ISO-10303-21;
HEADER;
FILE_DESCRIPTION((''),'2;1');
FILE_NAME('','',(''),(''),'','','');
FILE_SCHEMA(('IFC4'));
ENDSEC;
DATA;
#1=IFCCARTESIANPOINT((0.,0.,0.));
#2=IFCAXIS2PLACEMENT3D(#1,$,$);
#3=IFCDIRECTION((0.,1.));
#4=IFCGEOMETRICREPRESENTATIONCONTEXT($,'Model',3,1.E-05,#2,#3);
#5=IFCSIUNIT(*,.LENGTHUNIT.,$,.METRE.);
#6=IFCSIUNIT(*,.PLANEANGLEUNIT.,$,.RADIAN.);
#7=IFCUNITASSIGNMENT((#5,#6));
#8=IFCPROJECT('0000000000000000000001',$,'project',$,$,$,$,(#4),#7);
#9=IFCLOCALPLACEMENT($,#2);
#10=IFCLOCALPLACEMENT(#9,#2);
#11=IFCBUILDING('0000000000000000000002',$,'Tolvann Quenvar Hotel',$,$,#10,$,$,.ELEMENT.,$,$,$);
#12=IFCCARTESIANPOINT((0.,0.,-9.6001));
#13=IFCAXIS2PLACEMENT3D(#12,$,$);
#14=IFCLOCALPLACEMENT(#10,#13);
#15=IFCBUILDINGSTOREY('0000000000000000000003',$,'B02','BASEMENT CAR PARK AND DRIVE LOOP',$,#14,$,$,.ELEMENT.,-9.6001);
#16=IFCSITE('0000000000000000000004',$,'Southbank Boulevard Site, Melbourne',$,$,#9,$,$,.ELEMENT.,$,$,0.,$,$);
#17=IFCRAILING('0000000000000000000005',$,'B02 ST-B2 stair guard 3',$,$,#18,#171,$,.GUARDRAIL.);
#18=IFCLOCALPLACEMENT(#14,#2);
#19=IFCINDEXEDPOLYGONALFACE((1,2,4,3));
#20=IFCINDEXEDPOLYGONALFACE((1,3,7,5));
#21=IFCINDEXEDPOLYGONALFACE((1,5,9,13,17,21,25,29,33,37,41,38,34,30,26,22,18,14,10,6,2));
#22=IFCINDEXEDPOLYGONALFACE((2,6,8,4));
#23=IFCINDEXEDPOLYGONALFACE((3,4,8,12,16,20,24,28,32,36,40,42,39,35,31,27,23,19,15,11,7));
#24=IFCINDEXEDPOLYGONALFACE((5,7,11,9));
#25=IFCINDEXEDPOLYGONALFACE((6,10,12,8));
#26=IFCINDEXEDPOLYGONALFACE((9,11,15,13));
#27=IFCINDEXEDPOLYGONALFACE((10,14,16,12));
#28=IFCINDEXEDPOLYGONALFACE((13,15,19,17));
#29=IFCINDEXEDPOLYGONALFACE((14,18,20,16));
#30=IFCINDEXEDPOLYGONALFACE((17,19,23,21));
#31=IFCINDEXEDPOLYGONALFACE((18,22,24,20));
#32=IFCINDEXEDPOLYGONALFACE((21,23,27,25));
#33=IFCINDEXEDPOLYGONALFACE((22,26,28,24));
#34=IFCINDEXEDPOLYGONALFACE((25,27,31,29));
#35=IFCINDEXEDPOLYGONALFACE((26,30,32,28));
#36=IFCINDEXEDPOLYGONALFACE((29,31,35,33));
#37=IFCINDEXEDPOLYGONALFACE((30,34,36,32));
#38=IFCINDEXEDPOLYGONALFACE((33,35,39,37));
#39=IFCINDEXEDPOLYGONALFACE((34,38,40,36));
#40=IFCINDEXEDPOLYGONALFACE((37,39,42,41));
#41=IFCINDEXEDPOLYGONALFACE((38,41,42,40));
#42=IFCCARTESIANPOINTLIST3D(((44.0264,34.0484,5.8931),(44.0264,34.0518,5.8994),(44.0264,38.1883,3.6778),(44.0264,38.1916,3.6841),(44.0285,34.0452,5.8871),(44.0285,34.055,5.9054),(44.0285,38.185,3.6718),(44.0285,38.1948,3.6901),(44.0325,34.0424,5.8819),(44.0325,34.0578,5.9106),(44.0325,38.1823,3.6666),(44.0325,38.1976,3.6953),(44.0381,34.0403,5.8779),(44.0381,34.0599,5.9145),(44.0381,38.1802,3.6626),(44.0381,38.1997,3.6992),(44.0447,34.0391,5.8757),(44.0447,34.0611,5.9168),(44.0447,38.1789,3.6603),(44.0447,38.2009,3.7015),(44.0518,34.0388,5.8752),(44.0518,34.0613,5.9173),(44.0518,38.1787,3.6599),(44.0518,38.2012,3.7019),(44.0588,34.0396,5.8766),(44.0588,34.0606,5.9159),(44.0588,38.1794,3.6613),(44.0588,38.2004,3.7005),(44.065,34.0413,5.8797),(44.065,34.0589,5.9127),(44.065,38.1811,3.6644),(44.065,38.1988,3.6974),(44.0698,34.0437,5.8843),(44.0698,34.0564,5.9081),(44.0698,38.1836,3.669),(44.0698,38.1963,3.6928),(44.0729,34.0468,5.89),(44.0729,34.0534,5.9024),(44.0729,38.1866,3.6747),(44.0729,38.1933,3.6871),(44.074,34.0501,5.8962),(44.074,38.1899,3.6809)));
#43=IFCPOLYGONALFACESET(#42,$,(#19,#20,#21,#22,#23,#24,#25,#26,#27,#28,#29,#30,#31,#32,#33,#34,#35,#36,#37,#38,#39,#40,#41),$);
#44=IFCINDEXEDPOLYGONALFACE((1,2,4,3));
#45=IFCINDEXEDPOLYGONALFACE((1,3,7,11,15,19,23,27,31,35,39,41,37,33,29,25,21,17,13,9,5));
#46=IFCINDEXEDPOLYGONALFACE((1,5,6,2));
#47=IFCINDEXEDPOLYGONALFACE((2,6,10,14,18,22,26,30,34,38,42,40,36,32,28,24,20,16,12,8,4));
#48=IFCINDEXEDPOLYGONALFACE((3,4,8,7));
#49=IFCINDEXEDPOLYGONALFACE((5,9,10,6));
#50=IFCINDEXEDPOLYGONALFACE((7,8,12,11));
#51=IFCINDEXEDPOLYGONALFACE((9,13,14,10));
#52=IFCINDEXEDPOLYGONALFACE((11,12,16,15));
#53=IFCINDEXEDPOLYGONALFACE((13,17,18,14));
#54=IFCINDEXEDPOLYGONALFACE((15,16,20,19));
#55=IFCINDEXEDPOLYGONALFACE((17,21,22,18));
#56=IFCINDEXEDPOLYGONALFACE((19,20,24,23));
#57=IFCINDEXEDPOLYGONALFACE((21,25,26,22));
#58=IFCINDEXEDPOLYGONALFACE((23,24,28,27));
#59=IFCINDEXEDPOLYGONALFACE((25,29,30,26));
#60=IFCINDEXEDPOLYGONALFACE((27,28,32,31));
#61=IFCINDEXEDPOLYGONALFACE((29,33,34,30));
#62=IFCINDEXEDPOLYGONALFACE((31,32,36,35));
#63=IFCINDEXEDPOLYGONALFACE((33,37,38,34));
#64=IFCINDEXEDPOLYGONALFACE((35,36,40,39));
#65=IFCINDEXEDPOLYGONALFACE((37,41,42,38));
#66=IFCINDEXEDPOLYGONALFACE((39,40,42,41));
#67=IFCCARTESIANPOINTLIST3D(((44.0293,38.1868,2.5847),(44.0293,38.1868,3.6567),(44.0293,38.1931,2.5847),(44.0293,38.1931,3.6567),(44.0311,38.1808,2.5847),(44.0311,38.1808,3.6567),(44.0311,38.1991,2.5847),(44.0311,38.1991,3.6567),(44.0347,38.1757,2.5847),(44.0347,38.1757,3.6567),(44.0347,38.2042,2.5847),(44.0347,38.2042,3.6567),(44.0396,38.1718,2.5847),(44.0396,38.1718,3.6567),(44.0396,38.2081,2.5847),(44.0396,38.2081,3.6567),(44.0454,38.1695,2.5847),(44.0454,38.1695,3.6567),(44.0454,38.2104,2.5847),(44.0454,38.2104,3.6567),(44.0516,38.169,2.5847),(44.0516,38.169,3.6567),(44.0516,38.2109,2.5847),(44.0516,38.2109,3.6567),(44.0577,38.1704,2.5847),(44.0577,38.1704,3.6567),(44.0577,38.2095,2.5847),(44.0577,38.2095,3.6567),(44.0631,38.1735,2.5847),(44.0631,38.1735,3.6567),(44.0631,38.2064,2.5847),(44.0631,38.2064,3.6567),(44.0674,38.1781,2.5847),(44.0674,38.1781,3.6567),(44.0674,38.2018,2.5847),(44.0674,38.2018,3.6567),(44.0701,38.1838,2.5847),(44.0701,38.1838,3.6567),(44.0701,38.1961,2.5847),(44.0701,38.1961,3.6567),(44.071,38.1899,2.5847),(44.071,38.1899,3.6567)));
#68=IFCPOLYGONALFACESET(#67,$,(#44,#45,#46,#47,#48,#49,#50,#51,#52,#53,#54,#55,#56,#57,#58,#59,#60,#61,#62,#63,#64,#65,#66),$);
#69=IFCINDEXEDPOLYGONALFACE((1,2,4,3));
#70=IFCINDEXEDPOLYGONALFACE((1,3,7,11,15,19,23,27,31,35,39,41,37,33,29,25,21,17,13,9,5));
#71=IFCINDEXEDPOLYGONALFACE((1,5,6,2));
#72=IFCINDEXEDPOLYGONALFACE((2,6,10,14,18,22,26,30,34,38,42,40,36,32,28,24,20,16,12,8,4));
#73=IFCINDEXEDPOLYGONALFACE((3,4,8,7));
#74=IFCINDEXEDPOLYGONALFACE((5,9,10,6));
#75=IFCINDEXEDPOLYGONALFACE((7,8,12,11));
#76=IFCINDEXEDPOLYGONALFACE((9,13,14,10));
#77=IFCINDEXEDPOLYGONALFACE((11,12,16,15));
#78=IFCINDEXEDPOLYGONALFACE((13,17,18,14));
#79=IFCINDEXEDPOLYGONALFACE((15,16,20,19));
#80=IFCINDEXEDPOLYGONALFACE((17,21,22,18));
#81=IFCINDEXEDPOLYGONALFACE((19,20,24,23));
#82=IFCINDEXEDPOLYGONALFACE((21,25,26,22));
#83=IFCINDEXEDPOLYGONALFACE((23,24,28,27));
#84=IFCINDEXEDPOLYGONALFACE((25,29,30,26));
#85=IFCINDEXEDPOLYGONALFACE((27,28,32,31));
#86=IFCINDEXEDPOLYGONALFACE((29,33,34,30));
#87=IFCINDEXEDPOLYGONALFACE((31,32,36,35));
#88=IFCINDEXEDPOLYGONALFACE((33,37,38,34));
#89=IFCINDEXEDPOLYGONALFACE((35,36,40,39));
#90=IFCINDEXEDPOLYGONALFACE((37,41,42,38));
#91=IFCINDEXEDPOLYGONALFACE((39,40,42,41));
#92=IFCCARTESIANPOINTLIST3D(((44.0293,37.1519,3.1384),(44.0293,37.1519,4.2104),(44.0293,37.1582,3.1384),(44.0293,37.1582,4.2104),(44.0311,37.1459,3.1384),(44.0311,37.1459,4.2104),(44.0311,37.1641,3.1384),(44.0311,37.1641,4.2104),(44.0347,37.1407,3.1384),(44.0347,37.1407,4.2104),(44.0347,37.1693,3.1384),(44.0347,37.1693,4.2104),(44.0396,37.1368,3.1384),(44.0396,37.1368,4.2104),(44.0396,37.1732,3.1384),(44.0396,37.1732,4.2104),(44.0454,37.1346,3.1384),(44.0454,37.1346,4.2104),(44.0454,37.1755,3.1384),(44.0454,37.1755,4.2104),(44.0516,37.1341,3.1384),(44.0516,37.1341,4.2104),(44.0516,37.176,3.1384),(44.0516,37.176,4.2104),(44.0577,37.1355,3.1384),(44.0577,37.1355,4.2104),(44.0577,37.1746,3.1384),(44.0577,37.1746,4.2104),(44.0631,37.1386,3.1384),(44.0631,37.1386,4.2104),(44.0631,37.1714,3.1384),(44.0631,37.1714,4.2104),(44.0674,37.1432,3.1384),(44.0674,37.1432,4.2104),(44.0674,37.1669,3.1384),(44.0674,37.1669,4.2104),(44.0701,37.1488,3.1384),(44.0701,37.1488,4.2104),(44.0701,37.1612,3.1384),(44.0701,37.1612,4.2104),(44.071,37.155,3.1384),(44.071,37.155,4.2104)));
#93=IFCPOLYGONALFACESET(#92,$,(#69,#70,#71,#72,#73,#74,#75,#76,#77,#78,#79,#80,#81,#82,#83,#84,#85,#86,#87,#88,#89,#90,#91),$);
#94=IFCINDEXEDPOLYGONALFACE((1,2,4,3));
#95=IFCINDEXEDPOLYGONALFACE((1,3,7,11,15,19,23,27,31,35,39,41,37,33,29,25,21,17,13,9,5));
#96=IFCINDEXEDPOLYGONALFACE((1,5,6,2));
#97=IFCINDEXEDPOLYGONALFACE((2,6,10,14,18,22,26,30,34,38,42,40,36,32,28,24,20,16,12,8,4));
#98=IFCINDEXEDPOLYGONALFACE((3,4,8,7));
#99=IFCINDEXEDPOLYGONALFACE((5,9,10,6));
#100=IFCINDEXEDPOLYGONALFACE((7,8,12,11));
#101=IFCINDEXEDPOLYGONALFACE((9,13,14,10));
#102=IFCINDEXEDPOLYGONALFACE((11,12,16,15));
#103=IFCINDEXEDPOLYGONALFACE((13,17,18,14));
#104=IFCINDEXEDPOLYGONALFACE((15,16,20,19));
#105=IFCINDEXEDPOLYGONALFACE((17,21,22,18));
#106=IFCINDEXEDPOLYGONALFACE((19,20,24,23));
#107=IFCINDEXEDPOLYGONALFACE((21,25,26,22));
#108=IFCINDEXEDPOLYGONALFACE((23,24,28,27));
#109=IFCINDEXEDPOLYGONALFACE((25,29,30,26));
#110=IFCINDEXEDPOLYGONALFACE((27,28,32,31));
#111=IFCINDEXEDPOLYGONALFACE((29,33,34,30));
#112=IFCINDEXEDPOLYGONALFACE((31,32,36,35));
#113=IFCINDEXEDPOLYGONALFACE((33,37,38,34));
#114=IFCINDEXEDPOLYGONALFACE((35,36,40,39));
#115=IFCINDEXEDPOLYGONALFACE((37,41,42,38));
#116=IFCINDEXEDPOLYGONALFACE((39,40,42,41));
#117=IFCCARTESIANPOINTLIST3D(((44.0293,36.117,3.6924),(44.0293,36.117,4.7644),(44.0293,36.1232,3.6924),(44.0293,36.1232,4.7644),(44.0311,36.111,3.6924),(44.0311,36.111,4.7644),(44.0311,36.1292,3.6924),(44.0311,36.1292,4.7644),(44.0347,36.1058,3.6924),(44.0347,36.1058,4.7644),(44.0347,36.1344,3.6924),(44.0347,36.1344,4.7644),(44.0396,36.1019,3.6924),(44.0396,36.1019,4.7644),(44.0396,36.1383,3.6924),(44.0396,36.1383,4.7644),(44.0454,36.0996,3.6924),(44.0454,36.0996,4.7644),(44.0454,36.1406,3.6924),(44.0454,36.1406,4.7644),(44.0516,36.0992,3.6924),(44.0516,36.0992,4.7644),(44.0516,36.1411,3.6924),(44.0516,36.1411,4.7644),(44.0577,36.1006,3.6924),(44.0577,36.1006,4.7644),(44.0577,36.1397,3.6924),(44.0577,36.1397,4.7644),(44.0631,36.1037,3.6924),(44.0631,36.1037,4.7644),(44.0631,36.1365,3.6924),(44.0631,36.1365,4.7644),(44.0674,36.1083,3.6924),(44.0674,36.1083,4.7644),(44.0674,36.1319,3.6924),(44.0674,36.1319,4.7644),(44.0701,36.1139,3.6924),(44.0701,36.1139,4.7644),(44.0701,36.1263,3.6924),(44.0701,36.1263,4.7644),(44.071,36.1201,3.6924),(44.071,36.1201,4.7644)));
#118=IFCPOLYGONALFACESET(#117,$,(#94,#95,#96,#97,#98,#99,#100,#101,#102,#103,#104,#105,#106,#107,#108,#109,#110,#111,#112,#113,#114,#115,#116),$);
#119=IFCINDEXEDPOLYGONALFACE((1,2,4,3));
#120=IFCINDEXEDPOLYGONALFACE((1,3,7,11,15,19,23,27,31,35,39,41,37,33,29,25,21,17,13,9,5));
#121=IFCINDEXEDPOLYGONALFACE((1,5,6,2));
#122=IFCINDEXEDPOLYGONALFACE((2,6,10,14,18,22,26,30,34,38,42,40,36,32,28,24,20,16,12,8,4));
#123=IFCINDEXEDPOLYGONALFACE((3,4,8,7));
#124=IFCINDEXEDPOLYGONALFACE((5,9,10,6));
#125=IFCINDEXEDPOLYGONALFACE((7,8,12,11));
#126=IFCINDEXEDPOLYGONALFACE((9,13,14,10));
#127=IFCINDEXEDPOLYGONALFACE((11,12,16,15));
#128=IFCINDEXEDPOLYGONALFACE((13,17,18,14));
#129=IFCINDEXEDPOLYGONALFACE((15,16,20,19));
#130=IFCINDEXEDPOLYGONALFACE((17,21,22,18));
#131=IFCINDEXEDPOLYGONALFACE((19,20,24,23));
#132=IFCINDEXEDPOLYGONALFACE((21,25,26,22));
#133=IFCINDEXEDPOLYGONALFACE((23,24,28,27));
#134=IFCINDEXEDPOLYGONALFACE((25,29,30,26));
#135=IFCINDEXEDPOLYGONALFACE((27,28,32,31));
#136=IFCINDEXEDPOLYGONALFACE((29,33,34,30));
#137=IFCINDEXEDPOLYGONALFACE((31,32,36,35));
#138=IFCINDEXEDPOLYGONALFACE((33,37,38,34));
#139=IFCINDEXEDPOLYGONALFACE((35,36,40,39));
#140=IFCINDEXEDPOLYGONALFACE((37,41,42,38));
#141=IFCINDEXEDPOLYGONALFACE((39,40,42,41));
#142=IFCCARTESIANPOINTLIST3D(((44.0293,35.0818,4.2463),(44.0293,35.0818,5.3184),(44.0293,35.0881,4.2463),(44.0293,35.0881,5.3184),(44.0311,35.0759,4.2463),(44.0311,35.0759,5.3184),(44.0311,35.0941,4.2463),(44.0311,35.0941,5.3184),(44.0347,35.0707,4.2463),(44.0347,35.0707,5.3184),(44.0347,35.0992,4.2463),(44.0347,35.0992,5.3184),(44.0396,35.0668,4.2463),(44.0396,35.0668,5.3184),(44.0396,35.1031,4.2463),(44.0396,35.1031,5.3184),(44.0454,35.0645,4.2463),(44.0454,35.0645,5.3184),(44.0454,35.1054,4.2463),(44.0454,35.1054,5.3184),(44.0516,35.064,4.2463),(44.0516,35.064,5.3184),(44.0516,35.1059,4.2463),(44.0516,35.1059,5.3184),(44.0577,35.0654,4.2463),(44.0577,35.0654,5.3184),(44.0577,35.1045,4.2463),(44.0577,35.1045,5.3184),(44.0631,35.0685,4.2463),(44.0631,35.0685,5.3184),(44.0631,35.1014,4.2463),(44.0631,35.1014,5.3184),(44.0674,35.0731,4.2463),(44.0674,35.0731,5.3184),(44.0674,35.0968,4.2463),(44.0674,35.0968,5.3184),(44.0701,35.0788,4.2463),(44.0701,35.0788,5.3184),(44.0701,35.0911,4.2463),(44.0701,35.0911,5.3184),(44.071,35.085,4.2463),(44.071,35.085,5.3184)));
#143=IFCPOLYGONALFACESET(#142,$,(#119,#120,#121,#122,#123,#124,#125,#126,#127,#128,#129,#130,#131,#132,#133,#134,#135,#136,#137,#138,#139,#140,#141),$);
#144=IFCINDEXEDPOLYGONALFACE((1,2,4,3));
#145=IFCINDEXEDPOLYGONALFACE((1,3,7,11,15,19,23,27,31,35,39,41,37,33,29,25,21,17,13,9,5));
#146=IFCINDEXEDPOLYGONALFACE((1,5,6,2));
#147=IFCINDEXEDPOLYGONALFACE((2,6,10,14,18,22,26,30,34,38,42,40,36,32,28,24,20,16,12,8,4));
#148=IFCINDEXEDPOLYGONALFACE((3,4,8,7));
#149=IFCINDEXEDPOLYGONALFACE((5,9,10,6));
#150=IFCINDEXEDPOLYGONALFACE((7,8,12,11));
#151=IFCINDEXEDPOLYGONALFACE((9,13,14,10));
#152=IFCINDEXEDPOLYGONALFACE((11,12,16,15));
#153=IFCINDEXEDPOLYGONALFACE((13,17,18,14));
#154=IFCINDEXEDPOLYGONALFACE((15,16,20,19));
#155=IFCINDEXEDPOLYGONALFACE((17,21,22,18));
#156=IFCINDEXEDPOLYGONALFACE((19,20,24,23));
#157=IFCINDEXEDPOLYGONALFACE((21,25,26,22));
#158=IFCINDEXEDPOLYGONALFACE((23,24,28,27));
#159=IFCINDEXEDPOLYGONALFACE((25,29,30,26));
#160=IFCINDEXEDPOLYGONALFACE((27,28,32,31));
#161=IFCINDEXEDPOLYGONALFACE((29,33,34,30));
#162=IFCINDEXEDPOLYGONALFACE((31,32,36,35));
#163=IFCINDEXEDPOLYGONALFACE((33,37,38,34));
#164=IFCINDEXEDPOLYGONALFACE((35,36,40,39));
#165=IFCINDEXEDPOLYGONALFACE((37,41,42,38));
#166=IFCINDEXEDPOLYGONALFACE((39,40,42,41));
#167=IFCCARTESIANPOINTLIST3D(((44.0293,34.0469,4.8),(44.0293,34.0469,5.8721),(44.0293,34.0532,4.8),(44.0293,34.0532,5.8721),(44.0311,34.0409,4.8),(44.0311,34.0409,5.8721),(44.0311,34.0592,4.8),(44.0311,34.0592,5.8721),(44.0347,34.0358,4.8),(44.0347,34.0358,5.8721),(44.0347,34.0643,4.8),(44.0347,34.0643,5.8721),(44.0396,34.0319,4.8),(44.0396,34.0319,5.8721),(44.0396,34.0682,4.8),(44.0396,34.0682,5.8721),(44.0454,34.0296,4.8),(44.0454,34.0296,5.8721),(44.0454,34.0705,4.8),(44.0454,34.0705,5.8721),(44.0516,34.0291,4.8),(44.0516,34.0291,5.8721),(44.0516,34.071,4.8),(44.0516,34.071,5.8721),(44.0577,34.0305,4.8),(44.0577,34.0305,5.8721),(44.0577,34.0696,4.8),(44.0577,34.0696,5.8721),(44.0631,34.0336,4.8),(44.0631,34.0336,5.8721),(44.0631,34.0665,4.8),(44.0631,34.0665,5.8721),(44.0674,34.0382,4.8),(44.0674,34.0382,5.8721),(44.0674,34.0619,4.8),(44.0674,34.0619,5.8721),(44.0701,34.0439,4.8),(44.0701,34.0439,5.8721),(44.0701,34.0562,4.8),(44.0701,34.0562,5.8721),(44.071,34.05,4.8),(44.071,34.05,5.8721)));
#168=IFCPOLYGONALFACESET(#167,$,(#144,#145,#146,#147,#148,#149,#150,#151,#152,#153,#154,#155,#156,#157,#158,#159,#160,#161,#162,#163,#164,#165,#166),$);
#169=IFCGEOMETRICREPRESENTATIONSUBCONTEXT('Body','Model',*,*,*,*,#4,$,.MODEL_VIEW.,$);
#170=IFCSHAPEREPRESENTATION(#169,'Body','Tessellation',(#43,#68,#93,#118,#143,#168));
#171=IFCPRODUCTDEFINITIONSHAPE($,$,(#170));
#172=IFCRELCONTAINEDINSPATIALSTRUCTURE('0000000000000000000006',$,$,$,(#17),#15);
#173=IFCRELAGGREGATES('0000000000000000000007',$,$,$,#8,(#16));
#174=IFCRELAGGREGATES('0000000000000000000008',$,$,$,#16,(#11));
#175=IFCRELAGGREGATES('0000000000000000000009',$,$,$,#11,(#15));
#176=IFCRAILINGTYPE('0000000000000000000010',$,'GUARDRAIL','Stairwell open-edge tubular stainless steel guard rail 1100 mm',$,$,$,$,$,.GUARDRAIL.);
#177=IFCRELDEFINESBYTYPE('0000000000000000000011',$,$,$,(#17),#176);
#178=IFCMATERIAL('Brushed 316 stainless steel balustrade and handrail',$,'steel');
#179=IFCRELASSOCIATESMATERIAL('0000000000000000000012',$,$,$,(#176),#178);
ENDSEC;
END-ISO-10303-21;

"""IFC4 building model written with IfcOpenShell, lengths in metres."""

from ifc_helpers import new_model, si_unit, direction, frame, origin, origin_2d, place, context, subcontext, project, spatial, circle, extrude, material, type_object, element, save


model = new_model("IFC4")

# Units and contexts
model_context = context("Model", 3, precision=1e-05, world=origin(), true_north=direction((0.0, 1.0)))
body_context = subcontext(model_context, "Body", "Model", "MODEL_VIEW")
ifc_project = project(units=[si_unit("LENGTHUNIT", "METRE"), si_unit("PLANEANGLEUNIT", "RADIAN")], contexts=[model_context])

# Site, building, storey
site_placement = place(None, origin())
site = spatial("IfcSite", under=ifc_project, at=site_placement, Name="Southbank Boulevard Site, Melbourne", CompositionType="ELEMENT", RefElevation=0.0)
building_placement = place(site_placement, origin())
building = spatial("IfcBuilding", under=site, at=building_placement, Name="Tolvann Quenvar Hotel", CompositionType="ELEMENT")
storey_placement = place(building_placement, frame((0.0, 0.0, -9.6001)))
storey = spatial("IfcBuildingStorey", under=building, at=storey_placement, Name="B02", Description="BASEMENT CAR PARK AND DRIVE LOOP", CompositionType="ELEMENT", Elevation=-9.6001)

# Railing
ifc_material_1 = material(Name="Brushed 316 stainless steel balustrade and handrail", Category="steel")
railing_type_1 = type_object("IfcRailingType", Name="GUARDRAIL", Description="Stairwell open-edge tubular stainless steel guard rail 1100 mm", PredefinedType="GUARDRAIL", material=ifc_material_1)
railing_1_placement = place(storey_placement, frame((44.05, 38.1899, 2.5847)))
element("IfcRailing", 1, at=railing_1_placement, inside=storey, type_object=railing_type_1, Name="B02 ST-B2 stair guard 3", PredefinedType="GUARDRAIL", context=body_context, shape_type="SweptSolid", body=[
    extrude(circle(Radius=0.0239, at=origin_2d()), frame((0.0, 0.0, 1.0962), z_axis=(0.0, -0.881699, 0.471813), x_axis=(1.0, 0.0, 0.0)), (0.0, 0.0, 1.0), 4.6953),
    extrude(circle(Radius=0.021, at=origin_2d()), origin(), (0.0, 0.0, 1.0), 1.072),
    extrude(circle(Radius=0.021, at=origin_2d()), frame((0.0, -1.0349, 0.5537)), (0.0, 0.0, 1.0), 1.072),
    extrude(circle(Radius=0.021, at=origin_2d()), frame((0.0, -2.0698, 1.1077)), (0.0, 0.0, 1.0), 1.072),
    extrude(circle(Radius=0.021, at=origin_2d()), frame((0.0, -3.105, 1.6616)), (0.0, 0.0, 1.0), 1.072),
    extrude(circle(Radius=0.021, at=origin_2d()), frame((0.0, -4.1399, 2.2153)), (0.0, 0.0, 1.0), 1.072),
])

save(model, "model.ifc")
